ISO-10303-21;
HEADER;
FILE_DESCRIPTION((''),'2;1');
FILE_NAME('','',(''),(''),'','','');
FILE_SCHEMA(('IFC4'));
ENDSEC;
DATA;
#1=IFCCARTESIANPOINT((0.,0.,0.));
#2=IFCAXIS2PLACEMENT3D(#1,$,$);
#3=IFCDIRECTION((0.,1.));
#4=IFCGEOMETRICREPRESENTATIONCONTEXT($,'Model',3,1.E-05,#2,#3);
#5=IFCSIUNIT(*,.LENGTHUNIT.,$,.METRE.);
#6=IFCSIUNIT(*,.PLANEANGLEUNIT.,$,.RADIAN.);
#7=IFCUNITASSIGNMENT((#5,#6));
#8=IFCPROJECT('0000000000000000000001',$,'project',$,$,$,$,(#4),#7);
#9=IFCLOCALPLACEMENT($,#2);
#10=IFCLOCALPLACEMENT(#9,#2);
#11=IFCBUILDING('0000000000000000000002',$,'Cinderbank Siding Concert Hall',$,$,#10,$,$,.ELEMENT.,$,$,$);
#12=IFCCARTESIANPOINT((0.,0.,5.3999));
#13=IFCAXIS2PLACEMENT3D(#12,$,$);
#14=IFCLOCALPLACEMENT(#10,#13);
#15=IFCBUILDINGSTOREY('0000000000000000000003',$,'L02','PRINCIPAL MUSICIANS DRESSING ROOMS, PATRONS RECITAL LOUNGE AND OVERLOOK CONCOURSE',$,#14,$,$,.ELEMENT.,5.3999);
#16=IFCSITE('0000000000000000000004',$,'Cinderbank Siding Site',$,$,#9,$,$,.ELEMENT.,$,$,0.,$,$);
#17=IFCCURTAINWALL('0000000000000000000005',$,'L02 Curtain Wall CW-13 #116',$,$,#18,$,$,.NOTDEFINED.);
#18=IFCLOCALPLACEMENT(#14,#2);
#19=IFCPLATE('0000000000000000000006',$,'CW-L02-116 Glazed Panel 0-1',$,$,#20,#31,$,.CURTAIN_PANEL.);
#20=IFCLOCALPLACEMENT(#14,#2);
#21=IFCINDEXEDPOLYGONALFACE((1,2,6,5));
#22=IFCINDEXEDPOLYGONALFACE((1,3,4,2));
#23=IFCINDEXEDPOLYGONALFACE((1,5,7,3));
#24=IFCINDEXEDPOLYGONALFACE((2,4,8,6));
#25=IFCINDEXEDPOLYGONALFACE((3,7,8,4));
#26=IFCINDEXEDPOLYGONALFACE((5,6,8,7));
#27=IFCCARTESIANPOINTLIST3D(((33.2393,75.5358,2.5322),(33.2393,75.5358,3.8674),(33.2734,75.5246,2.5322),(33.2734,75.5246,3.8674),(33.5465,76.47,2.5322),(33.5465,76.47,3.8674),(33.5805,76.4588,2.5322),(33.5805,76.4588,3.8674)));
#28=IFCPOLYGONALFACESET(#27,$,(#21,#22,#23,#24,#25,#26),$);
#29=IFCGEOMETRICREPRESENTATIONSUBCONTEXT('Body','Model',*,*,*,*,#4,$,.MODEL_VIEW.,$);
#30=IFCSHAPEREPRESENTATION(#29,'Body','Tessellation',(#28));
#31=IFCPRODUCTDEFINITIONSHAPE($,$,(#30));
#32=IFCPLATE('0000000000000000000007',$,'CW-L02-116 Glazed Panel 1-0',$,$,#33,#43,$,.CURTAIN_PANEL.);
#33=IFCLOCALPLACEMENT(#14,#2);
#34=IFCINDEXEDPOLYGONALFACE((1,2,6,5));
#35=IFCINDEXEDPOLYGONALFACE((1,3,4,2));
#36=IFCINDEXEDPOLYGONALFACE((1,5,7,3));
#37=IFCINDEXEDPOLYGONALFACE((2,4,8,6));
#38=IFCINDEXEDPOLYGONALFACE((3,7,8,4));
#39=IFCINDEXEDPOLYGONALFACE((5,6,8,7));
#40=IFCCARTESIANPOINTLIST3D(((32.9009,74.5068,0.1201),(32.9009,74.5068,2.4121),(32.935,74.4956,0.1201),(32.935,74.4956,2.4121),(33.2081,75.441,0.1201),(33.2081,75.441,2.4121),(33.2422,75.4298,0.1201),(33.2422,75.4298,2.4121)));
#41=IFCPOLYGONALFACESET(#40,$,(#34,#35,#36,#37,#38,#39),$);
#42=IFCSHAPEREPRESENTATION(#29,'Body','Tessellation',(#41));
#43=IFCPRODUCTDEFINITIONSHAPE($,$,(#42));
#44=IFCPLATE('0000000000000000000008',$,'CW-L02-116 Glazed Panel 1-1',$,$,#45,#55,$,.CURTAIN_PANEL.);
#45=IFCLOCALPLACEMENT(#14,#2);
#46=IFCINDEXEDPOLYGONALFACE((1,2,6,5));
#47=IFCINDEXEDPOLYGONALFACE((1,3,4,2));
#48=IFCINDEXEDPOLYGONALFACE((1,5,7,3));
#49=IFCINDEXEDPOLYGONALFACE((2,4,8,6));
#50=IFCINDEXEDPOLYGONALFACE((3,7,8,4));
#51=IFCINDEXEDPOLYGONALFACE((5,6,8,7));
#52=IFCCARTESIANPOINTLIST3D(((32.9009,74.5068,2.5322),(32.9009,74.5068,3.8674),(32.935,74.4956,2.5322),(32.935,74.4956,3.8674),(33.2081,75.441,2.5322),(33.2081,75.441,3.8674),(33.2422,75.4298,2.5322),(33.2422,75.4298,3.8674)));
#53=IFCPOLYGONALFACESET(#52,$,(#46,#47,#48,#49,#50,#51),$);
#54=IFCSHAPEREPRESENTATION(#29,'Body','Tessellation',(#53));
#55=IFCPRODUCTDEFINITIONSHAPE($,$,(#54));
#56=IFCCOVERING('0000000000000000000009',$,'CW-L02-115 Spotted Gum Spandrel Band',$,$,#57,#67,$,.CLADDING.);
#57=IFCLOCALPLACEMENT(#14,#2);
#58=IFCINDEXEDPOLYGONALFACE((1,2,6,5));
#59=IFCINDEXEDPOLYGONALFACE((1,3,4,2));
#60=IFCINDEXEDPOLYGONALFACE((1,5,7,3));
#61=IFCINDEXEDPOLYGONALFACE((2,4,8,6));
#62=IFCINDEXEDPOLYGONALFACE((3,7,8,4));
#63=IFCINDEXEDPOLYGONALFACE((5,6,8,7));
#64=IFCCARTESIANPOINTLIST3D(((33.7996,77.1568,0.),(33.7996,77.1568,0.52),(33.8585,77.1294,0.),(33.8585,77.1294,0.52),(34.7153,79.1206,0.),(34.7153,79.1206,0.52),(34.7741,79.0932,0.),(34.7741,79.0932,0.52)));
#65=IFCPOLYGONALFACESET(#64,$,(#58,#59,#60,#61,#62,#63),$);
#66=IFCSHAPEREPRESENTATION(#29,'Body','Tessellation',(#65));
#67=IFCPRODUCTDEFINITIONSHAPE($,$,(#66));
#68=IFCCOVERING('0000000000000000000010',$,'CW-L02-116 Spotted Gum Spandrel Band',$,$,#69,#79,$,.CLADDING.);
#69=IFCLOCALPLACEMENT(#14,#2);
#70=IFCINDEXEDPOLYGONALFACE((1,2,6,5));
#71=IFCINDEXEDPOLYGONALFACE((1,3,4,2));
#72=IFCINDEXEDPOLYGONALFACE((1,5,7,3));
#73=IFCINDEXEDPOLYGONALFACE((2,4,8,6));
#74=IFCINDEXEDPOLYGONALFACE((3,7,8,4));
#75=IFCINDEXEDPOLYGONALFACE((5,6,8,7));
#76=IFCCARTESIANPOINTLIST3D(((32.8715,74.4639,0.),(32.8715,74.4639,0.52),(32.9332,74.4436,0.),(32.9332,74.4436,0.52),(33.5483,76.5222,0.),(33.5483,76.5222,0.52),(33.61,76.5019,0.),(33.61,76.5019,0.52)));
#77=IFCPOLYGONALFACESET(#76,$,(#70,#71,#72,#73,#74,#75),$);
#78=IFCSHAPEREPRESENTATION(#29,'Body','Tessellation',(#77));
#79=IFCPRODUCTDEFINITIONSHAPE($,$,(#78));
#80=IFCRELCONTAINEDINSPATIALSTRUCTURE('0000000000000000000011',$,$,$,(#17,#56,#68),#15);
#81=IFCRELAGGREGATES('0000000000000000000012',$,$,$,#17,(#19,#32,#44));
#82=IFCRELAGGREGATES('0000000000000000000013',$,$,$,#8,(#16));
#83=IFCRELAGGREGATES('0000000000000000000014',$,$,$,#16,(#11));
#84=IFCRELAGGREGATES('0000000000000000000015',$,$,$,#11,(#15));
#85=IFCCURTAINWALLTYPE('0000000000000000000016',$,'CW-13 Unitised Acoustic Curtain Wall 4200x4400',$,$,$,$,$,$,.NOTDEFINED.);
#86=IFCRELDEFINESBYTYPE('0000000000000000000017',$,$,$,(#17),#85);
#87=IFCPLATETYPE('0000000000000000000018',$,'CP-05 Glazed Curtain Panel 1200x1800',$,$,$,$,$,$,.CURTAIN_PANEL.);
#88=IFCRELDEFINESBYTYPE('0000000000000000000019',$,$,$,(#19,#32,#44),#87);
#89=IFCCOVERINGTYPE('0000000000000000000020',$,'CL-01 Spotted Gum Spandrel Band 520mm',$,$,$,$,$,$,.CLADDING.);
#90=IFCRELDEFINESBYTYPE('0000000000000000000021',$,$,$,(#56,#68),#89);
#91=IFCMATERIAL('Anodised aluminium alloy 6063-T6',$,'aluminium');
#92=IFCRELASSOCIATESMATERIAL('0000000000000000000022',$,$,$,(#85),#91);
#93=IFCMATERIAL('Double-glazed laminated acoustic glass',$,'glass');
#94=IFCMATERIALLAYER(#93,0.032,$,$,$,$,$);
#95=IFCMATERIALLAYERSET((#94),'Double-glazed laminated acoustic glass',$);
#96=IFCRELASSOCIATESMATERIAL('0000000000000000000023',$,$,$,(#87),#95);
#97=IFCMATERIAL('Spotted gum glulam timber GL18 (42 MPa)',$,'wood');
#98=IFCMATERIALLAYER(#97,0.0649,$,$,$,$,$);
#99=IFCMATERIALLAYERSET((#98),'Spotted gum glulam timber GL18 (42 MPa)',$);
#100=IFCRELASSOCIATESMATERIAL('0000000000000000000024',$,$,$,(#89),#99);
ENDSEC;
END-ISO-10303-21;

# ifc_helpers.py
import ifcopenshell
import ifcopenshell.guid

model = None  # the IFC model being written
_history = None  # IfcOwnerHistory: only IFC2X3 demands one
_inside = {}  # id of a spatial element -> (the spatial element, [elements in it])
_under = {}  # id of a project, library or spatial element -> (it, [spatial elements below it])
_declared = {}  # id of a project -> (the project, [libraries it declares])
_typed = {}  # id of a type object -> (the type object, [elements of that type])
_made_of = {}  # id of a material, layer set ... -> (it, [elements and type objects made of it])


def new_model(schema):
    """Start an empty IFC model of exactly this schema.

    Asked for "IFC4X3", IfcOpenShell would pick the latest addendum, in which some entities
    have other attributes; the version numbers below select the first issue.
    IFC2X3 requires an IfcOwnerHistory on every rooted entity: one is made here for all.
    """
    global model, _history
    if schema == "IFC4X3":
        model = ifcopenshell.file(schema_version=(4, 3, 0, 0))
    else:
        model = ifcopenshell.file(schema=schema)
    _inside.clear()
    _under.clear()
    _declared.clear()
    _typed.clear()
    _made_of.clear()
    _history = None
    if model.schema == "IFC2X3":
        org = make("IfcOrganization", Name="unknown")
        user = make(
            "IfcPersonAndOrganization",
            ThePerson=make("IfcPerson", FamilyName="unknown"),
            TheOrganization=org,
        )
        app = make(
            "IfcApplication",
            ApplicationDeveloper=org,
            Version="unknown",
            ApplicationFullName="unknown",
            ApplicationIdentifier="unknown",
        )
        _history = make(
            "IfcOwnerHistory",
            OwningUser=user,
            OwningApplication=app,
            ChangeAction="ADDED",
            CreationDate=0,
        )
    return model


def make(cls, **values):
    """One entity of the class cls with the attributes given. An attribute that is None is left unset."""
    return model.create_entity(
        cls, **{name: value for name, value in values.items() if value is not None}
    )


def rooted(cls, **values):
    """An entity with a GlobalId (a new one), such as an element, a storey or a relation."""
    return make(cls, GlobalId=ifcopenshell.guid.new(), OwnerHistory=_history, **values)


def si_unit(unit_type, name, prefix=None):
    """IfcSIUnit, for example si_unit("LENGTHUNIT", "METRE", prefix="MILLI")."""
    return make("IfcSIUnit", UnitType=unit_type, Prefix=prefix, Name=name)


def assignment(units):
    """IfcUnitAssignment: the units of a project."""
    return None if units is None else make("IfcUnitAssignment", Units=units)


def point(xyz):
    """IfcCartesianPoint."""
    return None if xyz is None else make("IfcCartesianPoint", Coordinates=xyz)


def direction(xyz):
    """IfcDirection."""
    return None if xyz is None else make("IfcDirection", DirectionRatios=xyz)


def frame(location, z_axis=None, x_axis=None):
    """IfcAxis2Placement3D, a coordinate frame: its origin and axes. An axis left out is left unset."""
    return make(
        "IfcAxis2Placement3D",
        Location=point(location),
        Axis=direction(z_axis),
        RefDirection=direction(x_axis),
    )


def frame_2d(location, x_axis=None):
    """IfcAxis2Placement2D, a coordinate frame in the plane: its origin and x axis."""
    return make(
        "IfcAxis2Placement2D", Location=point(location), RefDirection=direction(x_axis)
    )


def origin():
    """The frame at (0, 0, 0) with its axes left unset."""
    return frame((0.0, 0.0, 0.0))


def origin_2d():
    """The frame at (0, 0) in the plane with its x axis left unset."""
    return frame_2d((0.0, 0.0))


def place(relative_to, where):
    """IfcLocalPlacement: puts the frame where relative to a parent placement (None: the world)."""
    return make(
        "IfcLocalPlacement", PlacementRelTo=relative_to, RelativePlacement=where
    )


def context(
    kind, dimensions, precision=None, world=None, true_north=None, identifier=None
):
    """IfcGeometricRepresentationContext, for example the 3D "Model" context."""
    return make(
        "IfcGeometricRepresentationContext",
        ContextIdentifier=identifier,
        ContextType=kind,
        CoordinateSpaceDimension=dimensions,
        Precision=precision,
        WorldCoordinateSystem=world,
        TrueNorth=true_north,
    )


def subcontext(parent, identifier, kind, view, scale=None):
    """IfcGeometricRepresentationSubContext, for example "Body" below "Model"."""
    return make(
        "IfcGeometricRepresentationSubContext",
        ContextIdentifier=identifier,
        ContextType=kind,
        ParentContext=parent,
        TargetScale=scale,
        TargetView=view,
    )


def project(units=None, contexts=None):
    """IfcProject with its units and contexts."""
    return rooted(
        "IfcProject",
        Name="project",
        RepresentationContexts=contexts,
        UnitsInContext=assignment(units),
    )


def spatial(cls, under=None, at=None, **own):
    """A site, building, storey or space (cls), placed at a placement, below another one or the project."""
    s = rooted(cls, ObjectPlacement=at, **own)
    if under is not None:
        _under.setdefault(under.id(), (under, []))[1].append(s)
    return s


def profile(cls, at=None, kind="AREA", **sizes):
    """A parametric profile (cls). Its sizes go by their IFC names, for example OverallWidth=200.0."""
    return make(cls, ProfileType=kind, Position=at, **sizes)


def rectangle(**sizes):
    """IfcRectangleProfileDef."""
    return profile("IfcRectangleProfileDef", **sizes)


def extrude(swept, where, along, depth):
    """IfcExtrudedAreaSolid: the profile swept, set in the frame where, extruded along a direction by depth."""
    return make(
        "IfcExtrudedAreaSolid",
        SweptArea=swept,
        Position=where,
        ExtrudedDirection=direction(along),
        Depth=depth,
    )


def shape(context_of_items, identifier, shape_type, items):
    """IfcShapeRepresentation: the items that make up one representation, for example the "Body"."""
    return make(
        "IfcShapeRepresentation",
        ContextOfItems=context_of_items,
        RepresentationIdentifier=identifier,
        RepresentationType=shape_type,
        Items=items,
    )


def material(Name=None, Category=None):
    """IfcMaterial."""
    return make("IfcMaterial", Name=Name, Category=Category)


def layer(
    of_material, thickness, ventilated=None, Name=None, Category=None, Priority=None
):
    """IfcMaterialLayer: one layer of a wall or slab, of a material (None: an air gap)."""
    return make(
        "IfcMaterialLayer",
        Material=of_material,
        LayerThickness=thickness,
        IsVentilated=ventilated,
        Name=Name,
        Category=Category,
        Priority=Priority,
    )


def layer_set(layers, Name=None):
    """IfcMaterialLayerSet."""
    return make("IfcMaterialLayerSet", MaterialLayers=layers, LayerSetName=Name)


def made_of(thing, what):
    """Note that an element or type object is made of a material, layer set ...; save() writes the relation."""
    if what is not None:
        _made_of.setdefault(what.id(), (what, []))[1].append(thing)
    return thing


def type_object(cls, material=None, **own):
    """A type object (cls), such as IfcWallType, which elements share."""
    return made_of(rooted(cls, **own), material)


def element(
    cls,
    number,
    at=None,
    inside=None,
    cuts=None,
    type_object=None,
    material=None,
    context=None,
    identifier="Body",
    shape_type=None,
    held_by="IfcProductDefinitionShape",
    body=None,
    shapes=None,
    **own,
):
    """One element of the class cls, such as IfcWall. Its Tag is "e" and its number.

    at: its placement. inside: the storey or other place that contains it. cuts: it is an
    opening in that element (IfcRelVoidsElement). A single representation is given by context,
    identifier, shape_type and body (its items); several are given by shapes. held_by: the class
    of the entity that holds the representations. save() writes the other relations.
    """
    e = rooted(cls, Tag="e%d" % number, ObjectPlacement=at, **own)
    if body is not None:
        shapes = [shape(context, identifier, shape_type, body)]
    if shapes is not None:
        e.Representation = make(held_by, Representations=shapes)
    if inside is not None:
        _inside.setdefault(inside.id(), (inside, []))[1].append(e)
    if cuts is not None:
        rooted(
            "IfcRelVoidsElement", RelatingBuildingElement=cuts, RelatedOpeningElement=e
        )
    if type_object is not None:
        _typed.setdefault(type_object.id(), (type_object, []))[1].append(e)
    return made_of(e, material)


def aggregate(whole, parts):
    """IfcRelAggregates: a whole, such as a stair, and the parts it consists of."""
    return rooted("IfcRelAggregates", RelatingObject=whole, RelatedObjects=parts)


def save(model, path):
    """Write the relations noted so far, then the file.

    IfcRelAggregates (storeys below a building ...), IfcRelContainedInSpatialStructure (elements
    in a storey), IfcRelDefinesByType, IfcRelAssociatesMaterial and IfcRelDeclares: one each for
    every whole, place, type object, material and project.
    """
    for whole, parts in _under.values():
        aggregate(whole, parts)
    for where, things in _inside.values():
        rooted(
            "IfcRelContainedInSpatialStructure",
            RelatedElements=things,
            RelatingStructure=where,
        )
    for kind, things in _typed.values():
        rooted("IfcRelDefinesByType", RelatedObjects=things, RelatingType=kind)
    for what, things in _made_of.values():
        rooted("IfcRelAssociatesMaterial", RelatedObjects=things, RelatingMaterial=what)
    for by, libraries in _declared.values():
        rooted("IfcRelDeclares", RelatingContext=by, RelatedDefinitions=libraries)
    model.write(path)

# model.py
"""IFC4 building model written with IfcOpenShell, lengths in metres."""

from ifc_helpers import new_model, si_unit, direction, frame, origin, origin_2d, place, context, subcontext, project, spatial, rectangle, extrude, material, layer, layer_set, type_object, element, aggregate, save


model = new_model("IFC4")

# Units and contexts
model_context = context("Model", 3, precision=1e-05, world=origin(), true_north=direction((0.0, 1.0)))
body_context = subcontext(model_context, "Body", "Model", "MODEL_VIEW")
ifc_project = project(units=[si_unit("LENGTHUNIT", "METRE"), si_unit("PLANEANGLEUNIT", "RADIAN")], contexts=[model_context])

# Site, building, storey
site_placement = place(None, origin())
site = spatial("IfcSite", under=ifc_project, at=site_placement, Name="Cinderbank Siding Site", CompositionType="ELEMENT", RefElevation=0.0)
building_placement = place(site_placement, origin())
building = spatial("IfcBuilding", under=site, at=building_placement, Name="Cinderbank Siding Concert Hall", CompositionType="ELEMENT")
storey_placement = place(building_placement, frame((0.0, 0.0, 5.3999)))
storey = spatial("IfcBuildingStorey", under=building, at=storey_placement, Name="L02", Description="PRINCIPAL MUSICIANS DRESSING ROOMS, PATRONS RECITAL LOUNGE AND OVERLOOK CONCOURSE", CompositionType="ELEMENT", Elevation=5.3999)

# Curtain wall
ifc_material_1 = material(Name="Anodised aluminium alloy 6063-T6", Category="aluminium")
curtain_wall_type_1 = type_object("IfcCurtainWallType", Name="CW-13 Unitised Acoustic Curtain Wall 4200x4400", PredefinedType="NOTDEFINED", material=ifc_material_1)
curtain_wall_1_placement = place(storey_placement, origin())
curtain_wall_1 = element("IfcCurtainWall", 1, at=curtain_wall_1_placement, inside=storey, type_object=curtain_wall_type_1, Name="L02 Curtain Wall CW-13 #116", PredefinedType="NOTDEFINED")

# Shared definitions
ifc_material_2 = material(Name="Spotted gum glulam timber GL18 (42 MPa)", Category="wood")

# Plates
ifc_material_3 = material(Name="Double-glazed laminated acoustic glass", Category="glass")
ifc_layer_1 = layer(ifc_material_3, 0.032)
ifc_layer_set_1 = layer_set([ifc_layer_1], Name="Double-glazed laminated acoustic glass")
plate_type_1 = type_object("IfcPlateType", Name="CP-05 Glazed Curtain Panel 1200x1800", PredefinedType="CURTAIN_PANEL", material=ifc_layer_set_1)
plate_1_placement = place(storey_placement, frame((33.4099, 75.9973, 2.5322), z_axis=(0.0, 0.0, 1.0), x_axis=(-0.312358, -0.949965, 0.0)))
plate_1 = element("IfcPlate", 2, at=plate_1_placement, type_object=plate_type_1, Name="CW-L02-116 Glazed Panel 0-1", PredefinedType="CURTAIN_PANEL", context=body_context, shape_type="SweptSolid", body=[
    extrude(rectangle(XDim=0.9834, YDim=0.0359, at=origin_2d()), origin(), (0.0, 0.0, 1.0), 1.3352),
])
plate_2_placement = place(storey_placement, frame((33.0715, 74.9683, 0.1201), z_axis=(0.0, 0.0, 1.0), x_axis=(-0.312358, -0.949965, 0.0)))
plate_2 = element("IfcPlate", 3, at=plate_2_placement, type_object=plate_type_1, Name="CW-L02-116 Glazed Panel 1-0", PredefinedType="CURTAIN_PANEL", context=body_context, shape_type="SweptSolid", body=[
    extrude(rectangle(XDim=0.9834, YDim=0.0359, at=origin_2d()), origin(), (0.0, 0.0, 1.0), 2.292),
])
plate_3_placement = place(storey_placement, frame((33.0715, 74.9683, 2.5322), z_axis=(0.0, 0.0, 1.0), x_axis=(-0.312358, -0.949965, 0.0)))
plate_3 = element("IfcPlate", 4, at=plate_3_placement, type_object=plate_type_1, Name="CW-L02-116 Glazed Panel 1-1", PredefinedType="CURTAIN_PANEL", context=body_context, shape_type="SweptSolid", body=[
    extrude(rectangle(XDim=0.9834, YDim=0.0359, at=origin_2d()), origin(), (0.0, 0.0, 1.0), 1.3352),
])
aggregate(curtain_wall_1, [plate_1, plate_2, plate_3])

# Coverings
ifc_layer_2 = layer(ifc_material_2, 0.0649)
ifc_layer_set_2 = layer_set([ifc_layer_2], Name="Spotted gum glulam timber GL18 (42 MPa)")
covering_type = type_object("IfcCoveringType", Name="CL-01 Spotted Gum Spandrel Band 520mm", PredefinedType="CLADDING", material=ifc_layer_set_2)
for number, where, z_axis, x_axis, name in (
    (5, (34.2869, 78.125, 0.0), (0.0, 0.0, 1.0), (-0.422597, -0.906318, 0.0), "CW-L02-115 Spotted Gum Spandrel Band"),
    (6, (33.2407, 75.4829, 0.0), (0.0, 0.0, 1.0), (-0.312358, -0.949965, 0.0), "CW-L02-116 Spotted Gum Spandrel Band"),
):
    element("IfcCovering", number, at=place(storey_placement, frame(where, z_axis=z_axis, x_axis=x_axis)), inside=storey, type_object=covering_type, Name=name, PredefinedType="CLADDING", context=body_context, shape_type="SweptSolid", body=[
        extrude(rectangle(XDim=2.1667, YDim=0.0649, at=origin_2d()), origin(), (0.0, 0.0, 1.0), 0.52),
    ])

save(model, "model.ifc")
